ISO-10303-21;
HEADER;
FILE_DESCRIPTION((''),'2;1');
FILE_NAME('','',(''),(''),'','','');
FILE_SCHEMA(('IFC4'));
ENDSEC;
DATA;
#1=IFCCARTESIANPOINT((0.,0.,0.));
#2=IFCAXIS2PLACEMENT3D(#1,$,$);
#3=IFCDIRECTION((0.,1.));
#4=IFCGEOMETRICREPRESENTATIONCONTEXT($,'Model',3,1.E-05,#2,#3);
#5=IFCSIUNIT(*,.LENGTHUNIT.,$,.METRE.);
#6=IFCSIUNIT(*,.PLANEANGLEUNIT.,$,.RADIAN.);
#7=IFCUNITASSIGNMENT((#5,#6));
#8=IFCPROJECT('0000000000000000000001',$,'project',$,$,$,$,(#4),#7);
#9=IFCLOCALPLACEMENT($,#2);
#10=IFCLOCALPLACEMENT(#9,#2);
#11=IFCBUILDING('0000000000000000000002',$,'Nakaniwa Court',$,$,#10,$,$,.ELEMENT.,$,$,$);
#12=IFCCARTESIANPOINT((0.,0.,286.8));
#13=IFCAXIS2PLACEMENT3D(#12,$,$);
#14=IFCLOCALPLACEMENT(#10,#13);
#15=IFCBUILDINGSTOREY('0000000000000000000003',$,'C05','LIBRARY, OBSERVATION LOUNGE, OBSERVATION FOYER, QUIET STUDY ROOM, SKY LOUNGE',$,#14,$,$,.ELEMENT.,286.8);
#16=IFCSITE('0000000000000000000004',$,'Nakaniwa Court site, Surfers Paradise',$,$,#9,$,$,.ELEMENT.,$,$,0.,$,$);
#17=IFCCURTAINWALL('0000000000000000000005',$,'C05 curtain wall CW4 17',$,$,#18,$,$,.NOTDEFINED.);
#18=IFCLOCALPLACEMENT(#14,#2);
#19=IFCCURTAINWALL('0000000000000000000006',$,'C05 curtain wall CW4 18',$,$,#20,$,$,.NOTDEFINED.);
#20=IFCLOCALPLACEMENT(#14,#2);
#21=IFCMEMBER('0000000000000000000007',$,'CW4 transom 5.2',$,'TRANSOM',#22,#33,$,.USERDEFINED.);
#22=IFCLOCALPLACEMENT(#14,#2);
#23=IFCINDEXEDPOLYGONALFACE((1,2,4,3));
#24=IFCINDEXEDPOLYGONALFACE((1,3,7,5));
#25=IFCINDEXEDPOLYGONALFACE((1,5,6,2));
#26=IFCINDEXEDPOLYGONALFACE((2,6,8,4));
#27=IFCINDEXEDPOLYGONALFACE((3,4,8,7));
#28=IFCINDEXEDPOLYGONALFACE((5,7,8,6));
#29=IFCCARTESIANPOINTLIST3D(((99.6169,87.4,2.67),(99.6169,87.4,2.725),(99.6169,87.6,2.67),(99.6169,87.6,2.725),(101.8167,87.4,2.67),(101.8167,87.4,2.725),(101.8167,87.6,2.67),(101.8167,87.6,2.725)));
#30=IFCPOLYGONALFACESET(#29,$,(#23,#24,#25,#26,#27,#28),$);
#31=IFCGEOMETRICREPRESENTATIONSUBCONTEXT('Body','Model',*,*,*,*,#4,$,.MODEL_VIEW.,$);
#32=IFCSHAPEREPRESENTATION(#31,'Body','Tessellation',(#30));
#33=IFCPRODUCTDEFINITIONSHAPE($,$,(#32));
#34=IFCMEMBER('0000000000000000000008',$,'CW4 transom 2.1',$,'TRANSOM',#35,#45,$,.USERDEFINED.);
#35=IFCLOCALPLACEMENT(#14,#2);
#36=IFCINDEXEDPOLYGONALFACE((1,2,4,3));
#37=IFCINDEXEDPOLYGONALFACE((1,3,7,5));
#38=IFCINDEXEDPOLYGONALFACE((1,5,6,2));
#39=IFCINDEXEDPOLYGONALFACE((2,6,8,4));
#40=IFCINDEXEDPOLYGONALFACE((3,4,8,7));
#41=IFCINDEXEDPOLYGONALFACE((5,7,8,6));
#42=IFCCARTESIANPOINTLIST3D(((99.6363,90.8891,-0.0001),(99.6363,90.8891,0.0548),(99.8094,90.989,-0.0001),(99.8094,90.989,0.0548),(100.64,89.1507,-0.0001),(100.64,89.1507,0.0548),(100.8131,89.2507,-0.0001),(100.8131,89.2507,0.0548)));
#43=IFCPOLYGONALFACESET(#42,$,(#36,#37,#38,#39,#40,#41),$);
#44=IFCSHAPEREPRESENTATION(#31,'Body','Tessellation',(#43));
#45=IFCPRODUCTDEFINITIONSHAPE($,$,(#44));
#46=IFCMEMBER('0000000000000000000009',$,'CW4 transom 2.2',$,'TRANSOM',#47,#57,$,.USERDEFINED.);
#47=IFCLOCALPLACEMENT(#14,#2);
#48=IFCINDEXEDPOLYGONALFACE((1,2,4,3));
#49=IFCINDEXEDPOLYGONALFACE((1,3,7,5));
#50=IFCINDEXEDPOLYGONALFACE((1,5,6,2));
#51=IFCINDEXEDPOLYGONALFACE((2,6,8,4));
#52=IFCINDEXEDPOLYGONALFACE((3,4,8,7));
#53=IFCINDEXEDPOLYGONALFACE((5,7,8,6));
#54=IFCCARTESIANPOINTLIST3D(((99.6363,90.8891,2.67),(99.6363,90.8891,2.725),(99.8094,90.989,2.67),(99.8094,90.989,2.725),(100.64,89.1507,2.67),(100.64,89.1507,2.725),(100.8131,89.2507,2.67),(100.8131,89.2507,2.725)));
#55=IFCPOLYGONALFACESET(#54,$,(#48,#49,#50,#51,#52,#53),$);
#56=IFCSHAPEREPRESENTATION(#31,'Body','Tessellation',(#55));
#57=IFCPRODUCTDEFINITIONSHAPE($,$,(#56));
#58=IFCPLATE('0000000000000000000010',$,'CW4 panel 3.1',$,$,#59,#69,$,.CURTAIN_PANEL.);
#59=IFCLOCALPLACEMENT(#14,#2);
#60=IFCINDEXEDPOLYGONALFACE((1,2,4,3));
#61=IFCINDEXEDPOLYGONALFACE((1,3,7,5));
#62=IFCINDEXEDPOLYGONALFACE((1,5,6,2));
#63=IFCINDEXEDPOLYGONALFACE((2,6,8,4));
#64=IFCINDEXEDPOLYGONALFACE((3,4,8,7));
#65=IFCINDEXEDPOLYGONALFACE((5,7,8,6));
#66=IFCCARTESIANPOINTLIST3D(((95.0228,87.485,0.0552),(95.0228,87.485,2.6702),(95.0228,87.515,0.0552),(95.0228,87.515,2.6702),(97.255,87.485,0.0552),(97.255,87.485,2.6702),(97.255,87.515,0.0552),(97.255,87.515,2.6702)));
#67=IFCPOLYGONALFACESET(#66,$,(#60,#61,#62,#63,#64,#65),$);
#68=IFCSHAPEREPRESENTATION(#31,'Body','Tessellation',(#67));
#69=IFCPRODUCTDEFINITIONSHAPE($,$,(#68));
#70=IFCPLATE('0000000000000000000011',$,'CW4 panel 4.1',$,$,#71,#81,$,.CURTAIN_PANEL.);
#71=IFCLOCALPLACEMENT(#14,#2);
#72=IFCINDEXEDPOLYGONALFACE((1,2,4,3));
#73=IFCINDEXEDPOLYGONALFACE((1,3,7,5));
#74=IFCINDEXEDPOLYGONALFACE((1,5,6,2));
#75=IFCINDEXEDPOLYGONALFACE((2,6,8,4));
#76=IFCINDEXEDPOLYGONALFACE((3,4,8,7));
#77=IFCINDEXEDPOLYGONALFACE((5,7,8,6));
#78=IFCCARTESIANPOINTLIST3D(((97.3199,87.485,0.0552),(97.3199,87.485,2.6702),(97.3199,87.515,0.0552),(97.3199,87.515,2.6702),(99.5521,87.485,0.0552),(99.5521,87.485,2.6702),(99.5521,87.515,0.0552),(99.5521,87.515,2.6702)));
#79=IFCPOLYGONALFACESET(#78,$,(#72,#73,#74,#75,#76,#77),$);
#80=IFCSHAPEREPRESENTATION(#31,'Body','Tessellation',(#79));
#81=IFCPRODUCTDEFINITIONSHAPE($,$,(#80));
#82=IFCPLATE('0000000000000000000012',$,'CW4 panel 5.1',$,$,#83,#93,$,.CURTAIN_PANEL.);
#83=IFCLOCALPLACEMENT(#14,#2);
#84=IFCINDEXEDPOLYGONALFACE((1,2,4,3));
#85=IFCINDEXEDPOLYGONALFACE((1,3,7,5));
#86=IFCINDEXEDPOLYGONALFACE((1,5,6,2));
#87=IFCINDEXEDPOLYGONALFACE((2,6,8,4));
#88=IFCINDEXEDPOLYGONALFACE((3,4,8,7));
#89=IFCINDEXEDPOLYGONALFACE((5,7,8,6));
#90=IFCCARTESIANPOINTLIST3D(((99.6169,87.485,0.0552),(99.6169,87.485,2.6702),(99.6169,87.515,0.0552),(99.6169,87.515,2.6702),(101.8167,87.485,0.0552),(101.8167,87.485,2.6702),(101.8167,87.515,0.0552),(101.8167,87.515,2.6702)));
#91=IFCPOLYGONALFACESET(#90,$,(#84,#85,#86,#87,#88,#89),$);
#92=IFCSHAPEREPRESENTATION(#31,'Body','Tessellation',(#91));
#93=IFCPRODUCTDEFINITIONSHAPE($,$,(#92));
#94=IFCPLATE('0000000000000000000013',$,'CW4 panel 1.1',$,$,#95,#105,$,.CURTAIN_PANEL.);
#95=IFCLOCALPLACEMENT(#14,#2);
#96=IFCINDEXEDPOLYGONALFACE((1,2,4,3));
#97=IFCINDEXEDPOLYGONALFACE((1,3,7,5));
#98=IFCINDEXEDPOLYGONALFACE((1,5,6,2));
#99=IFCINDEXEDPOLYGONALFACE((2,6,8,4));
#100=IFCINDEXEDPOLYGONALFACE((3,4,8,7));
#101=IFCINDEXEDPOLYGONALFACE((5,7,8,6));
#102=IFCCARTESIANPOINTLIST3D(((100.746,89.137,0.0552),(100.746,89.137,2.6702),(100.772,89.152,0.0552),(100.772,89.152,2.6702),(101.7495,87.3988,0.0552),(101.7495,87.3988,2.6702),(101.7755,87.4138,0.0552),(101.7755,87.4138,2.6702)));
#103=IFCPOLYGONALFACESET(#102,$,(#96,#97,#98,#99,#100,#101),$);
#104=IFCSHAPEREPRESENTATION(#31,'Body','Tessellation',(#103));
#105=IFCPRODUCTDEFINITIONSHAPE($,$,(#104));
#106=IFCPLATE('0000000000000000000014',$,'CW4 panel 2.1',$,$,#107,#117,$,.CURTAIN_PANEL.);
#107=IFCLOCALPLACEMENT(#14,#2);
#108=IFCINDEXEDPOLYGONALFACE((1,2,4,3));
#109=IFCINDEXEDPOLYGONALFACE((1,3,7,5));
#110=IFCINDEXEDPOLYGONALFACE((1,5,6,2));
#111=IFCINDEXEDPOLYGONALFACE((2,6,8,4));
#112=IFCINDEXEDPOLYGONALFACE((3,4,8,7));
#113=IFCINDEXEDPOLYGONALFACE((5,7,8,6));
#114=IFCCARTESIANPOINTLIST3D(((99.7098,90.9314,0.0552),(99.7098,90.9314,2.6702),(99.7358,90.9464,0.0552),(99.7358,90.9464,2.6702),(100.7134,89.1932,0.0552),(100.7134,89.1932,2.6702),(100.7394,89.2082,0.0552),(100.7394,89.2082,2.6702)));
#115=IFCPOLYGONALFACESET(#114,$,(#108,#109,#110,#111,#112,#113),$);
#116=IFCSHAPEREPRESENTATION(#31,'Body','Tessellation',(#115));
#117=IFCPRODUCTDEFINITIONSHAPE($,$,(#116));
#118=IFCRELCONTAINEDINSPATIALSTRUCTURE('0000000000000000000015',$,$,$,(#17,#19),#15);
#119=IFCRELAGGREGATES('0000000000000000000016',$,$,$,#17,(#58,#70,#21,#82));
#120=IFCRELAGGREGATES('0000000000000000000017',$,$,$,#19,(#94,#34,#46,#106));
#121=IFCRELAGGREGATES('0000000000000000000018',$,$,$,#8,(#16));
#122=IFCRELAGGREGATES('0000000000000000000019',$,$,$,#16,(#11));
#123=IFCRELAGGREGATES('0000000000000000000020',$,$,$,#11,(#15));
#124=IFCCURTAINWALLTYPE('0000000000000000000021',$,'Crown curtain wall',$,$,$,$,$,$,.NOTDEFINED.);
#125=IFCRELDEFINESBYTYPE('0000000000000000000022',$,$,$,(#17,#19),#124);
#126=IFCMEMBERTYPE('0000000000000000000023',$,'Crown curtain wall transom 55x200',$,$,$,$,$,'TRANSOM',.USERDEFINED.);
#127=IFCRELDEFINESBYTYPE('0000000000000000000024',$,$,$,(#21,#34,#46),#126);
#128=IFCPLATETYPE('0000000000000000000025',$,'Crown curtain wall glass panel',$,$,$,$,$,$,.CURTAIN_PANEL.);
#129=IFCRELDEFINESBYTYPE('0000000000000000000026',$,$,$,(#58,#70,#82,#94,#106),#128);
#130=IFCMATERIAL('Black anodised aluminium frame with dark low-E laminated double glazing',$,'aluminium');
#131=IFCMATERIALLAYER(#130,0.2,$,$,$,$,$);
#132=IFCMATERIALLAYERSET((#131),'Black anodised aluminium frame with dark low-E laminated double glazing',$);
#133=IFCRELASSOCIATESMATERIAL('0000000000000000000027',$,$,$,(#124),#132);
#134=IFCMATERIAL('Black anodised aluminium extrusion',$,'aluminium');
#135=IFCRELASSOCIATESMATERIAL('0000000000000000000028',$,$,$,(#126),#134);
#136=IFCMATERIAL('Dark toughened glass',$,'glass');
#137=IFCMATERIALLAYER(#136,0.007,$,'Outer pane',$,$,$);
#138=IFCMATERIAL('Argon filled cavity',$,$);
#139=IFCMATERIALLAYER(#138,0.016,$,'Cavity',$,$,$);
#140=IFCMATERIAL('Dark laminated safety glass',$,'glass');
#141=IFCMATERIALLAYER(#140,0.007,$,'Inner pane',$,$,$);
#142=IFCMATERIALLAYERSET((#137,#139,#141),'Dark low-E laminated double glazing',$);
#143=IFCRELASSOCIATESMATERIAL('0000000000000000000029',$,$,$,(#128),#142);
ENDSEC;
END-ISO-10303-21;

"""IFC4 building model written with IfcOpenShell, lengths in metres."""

from ifc_helpers import new_model, si_unit, direction, frame, origin, origin_2d, place, context, subcontext, project, spatial, rectangle, extrude, material, layer, layer_set, material_profile, profile_set, type_object, element, aggregate, save


model = new_model("IFC4")

# Units and contexts
model_context = context("Model", 3, precision=1e-05, world=origin(), true_north=direction((0.0, 1.0)))
body_context = subcontext(model_context, "Body", "Model", "MODEL_VIEW")
ifc_project = project(units=[si_unit("LENGTHUNIT", "METRE"), si_unit("PLANEANGLEUNIT", "RADIAN")], contexts=[model_context])

# Site, building, storey
site_placement = place(None, origin())
site = spatial("IfcSite", under=ifc_project, at=site_placement, Name="Nakaniwa Court site, Surfers Paradise", CompositionType="ELEMENT", RefElevation=0.0)
building_placement = place(site_placement, origin())
building = spatial("IfcBuilding", under=site, at=building_placement, Name="Nakaniwa Court", CompositionType="ELEMENT")
storey_placement = place(building_placement, frame((0.0, 0.0, 286.8)))
storey = spatial("IfcBuildingStorey", under=building, at=storey_placement, Name="C05", Description="LIBRARY, OBSERVATION LOUNGE, OBSERVATION FOYER, QUIET STUDY ROOM, SKY LOUNGE", CompositionType="ELEMENT", Elevation=286.8)

# Curtain walls
ifc_material_1 = material(Name="Black anodised aluminium frame with dark low-E laminated double glazing", Category="aluminium")
ifc_layer_1 = layer(ifc_material_1, 0.2)
ifc_layer_set_1 = layer_set([ifc_layer_1], Name="Black anodised aluminium frame with dark low-E laminated double glazing")
curtain_wall_type = type_object("IfcCurtainWallType", Name="Crown curtain wall", PredefinedType="NOTDEFINED", material=ifc_layer_set_1)
curtain_wall_1_placement = place(storey_placement, origin())
curtain_wall_1 = element("IfcCurtainWall", 1, at=curtain_wall_1_placement, inside=storey, type_object=curtain_wall_type, Name="C05 curtain wall CW4 17", PredefinedType="NOTDEFINED")
ifc_material_2 = material(Name="Black anodised aluminium extrusion", Category="aluminium")
curtain_wall_2_placement = place(storey_placement, origin())
curtain_wall_2 = element("IfcCurtainWall", 2, at=curtain_wall_2_placement, inside=storey, type_object=curtain_wall_type, Name="C05 curtain wall CW4 18", PredefinedType="NOTDEFINED")

# Members
ifc_material_profile_1 = material_profile(ifc_material_2, rectangle(XDim=0.2, YDim=0.0549, at=origin_2d()), Name="Crown curtain wall transom 55x200")
ifc_profile_set_1 = profile_set([ifc_material_profile_1], Name="Black anodised aluminium extrusion")
member_type_1 = type_object("IfcMemberType", Name="Crown curtain wall transom 55x200", ElementType="TRANSOM", PredefinedType="USERDEFINED", material=ifc_profile_set_1)
member_1_placement = place(storey_placement, frame((99.6169, 87.5, 2.6975), z_axis=(1.0, 0.0, 0.0), x_axis=(0.0, 1.0, 0.0)))
member_1 = element("IfcMember", 3, at=member_1_placement, type_object=member_type_1, Name="CW4 transom 5.2", ObjectType="TRANSOM", PredefinedType="USERDEFINED", context=body_context, shape_type="SweptSolid", body=[
    extrude(rectangle(XDim=0.2, YDim=0.0549, at=origin_2d()), origin(), (0.0, 0.0, 1.0), 2.1997),
])
member_2_placement = place(storey_placement, frame((100.7266, 89.2007, 0.0273), z_axis=(-0.500024, 0.866011, 0.0), x_axis=(-0.866011, -0.500024, 0.0)))
member_2 = element("IfcMember", 4, at=member_2_placement, type_object=member_type_1, Name="CW4 transom 2.1", ObjectType="TRANSOM", PredefinedType="USERDEFINED", context=body_context, shape_type="SweptSolid", body=[
    extrude(rectangle(XDim=0.2, YDim=0.0549, at=origin_2d()), origin(), (0.0, 0.0, 1.0), 2.0073),
])
member_3_placement = place(storey_placement, frame((100.7266, 89.2007, 2.6975), z_axis=(-0.500024, 0.866011, 0.0), x_axis=(-0.866011, -0.500024, 0.0)))
member_3 = element("IfcMember", 5, at=member_3_placement, type_object=member_type_1, Name="CW4 transom 2.2", ObjectType="TRANSOM", PredefinedType="USERDEFINED", context=body_context, shape_type="SweptSolid", body=[
    extrude(rectangle(XDim=0.2, YDim=0.0549, at=origin_2d()), origin(), (0.0, 0.0, 1.0), 2.0073),
])

# Plates
ifc_material_3 = material(Name="Dark toughened glass", Category="glass")
ifc_layer_2 = layer(ifc_material_3, 0.007, Name="Outer pane")
ifc_material_4 = material(Name="Argon filled cavity")
ifc_layer_3 = layer(ifc_material_4, 0.016, Name="Cavity")
ifc_material_5 = material(Name="Dark laminated safety glass", Category="glass")
ifc_layer_4 = layer(ifc_material_5, 0.007, Name="Inner pane")
ifc_layer_set_2 = layer_set([ifc_layer_2, ifc_layer_3, ifc_layer_4], Name="Dark low-E laminated double glazing")
plate_type = type_object("IfcPlateType", Name="Crown curtain wall glass panel", PredefinedType="CURTAIN_PANEL", material=ifc_layer_set_2)
plate_1_placement = place(storey_placement, frame((96.1389, 87.5, 0.0552), z_axis=(0.0, 0.0, 1.0), x_axis=(1.0, 0.0, 0.0)))
plate_1 = element("IfcPlate", 6, at=plate_1_placement, type_object=plate_type, Name="CW4 panel 3.1", PredefinedType="CURTAIN_PANEL", context=body_context, shape_type="SweptSolid", body=[
    extrude(rectangle(XDim=2.2322, YDim=0.03, at=origin_2d()), origin(), (0.0, 0.0, 1.0), 2.615),
])
plate_2_placement = place(storey_placement, frame((98.436, 87.5, 0.0552), z_axis=(0.0, 0.0, 1.0), x_axis=(1.0, 0.0, 0.0)))
plate_2 = element("IfcPlate", 7, at=plate_2_placement, type_object=plate_type, Name="CW4 panel 4.1", PredefinedType="CURTAIN_PANEL", context=body_context, shape_type="SweptSolid", body=[
    extrude(rectangle(XDim=2.2322, YDim=0.03, at=origin_2d()), origin(), (0.0, 0.0, 1.0), 2.615),
])
plate_3_placement = place(storey_placement, frame((100.7168, 87.5, 0.0552), z_axis=(0.0, 0.0, 1.0), x_axis=(1.0, 0.0, 0.0)))
plate_3 = element("IfcPlate", 8, at=plate_3_placement, type_object=plate_type, Name="CW4 panel 5.1", PredefinedType="CURTAIN_PANEL", context=body_context, shape_type="SweptSolid", body=[
    extrude(rectangle(XDim=2.1997, YDim=0.03, at=origin_2d()), origin(), (0.0, 0.0, 1.0), 2.615),
])
aggregate(curtain_wall_1, [plate_1, plate_2, member_1, plate_3])
plate_4_placement = place(storey_placement, frame((101.2607, 88.2754, 0.0552), z_axis=(0.0, 0.0, 1.0), x_axis=(-0.500008, 0.866021, 0.0)))
plate_4 = element("IfcPlate", 9, at=plate_4_placement, type_object=plate_type, Name="CW4 panel 1.1", PredefinedType="CURTAIN_PANEL", context=body_context, shape_type="SweptSolid", body=[
    extrude(rectangle(XDim=2.0071, YDim=0.03, at=origin_2d()), origin(), (0.0, 0.0, 1.0), 2.615),
])
plate_5_placement = place(storey_placement, frame((100.2246, 90.0698, 0.0552), z_axis=(0.0, 0.0, 1.0), x_axis=(-0.500008, 0.866021, 0.0)))
plate_5 = element("IfcPlate", 10, at=plate_5_placement, type_object=plate_type, Name="CW4 panel 2.1", PredefinedType="CURTAIN_PANEL", context=body_context, shape_type="SweptSolid", body=[
    extrude(rectangle(XDim=2.0071, YDim=0.03, at=origin_2d()), origin(), (0.0, 0.0, 1.0), 2.615),
])
aggregate(curtain_wall_2, [plate_4, member_2, member_3, plate_5])

save(model, "model.ifc")
